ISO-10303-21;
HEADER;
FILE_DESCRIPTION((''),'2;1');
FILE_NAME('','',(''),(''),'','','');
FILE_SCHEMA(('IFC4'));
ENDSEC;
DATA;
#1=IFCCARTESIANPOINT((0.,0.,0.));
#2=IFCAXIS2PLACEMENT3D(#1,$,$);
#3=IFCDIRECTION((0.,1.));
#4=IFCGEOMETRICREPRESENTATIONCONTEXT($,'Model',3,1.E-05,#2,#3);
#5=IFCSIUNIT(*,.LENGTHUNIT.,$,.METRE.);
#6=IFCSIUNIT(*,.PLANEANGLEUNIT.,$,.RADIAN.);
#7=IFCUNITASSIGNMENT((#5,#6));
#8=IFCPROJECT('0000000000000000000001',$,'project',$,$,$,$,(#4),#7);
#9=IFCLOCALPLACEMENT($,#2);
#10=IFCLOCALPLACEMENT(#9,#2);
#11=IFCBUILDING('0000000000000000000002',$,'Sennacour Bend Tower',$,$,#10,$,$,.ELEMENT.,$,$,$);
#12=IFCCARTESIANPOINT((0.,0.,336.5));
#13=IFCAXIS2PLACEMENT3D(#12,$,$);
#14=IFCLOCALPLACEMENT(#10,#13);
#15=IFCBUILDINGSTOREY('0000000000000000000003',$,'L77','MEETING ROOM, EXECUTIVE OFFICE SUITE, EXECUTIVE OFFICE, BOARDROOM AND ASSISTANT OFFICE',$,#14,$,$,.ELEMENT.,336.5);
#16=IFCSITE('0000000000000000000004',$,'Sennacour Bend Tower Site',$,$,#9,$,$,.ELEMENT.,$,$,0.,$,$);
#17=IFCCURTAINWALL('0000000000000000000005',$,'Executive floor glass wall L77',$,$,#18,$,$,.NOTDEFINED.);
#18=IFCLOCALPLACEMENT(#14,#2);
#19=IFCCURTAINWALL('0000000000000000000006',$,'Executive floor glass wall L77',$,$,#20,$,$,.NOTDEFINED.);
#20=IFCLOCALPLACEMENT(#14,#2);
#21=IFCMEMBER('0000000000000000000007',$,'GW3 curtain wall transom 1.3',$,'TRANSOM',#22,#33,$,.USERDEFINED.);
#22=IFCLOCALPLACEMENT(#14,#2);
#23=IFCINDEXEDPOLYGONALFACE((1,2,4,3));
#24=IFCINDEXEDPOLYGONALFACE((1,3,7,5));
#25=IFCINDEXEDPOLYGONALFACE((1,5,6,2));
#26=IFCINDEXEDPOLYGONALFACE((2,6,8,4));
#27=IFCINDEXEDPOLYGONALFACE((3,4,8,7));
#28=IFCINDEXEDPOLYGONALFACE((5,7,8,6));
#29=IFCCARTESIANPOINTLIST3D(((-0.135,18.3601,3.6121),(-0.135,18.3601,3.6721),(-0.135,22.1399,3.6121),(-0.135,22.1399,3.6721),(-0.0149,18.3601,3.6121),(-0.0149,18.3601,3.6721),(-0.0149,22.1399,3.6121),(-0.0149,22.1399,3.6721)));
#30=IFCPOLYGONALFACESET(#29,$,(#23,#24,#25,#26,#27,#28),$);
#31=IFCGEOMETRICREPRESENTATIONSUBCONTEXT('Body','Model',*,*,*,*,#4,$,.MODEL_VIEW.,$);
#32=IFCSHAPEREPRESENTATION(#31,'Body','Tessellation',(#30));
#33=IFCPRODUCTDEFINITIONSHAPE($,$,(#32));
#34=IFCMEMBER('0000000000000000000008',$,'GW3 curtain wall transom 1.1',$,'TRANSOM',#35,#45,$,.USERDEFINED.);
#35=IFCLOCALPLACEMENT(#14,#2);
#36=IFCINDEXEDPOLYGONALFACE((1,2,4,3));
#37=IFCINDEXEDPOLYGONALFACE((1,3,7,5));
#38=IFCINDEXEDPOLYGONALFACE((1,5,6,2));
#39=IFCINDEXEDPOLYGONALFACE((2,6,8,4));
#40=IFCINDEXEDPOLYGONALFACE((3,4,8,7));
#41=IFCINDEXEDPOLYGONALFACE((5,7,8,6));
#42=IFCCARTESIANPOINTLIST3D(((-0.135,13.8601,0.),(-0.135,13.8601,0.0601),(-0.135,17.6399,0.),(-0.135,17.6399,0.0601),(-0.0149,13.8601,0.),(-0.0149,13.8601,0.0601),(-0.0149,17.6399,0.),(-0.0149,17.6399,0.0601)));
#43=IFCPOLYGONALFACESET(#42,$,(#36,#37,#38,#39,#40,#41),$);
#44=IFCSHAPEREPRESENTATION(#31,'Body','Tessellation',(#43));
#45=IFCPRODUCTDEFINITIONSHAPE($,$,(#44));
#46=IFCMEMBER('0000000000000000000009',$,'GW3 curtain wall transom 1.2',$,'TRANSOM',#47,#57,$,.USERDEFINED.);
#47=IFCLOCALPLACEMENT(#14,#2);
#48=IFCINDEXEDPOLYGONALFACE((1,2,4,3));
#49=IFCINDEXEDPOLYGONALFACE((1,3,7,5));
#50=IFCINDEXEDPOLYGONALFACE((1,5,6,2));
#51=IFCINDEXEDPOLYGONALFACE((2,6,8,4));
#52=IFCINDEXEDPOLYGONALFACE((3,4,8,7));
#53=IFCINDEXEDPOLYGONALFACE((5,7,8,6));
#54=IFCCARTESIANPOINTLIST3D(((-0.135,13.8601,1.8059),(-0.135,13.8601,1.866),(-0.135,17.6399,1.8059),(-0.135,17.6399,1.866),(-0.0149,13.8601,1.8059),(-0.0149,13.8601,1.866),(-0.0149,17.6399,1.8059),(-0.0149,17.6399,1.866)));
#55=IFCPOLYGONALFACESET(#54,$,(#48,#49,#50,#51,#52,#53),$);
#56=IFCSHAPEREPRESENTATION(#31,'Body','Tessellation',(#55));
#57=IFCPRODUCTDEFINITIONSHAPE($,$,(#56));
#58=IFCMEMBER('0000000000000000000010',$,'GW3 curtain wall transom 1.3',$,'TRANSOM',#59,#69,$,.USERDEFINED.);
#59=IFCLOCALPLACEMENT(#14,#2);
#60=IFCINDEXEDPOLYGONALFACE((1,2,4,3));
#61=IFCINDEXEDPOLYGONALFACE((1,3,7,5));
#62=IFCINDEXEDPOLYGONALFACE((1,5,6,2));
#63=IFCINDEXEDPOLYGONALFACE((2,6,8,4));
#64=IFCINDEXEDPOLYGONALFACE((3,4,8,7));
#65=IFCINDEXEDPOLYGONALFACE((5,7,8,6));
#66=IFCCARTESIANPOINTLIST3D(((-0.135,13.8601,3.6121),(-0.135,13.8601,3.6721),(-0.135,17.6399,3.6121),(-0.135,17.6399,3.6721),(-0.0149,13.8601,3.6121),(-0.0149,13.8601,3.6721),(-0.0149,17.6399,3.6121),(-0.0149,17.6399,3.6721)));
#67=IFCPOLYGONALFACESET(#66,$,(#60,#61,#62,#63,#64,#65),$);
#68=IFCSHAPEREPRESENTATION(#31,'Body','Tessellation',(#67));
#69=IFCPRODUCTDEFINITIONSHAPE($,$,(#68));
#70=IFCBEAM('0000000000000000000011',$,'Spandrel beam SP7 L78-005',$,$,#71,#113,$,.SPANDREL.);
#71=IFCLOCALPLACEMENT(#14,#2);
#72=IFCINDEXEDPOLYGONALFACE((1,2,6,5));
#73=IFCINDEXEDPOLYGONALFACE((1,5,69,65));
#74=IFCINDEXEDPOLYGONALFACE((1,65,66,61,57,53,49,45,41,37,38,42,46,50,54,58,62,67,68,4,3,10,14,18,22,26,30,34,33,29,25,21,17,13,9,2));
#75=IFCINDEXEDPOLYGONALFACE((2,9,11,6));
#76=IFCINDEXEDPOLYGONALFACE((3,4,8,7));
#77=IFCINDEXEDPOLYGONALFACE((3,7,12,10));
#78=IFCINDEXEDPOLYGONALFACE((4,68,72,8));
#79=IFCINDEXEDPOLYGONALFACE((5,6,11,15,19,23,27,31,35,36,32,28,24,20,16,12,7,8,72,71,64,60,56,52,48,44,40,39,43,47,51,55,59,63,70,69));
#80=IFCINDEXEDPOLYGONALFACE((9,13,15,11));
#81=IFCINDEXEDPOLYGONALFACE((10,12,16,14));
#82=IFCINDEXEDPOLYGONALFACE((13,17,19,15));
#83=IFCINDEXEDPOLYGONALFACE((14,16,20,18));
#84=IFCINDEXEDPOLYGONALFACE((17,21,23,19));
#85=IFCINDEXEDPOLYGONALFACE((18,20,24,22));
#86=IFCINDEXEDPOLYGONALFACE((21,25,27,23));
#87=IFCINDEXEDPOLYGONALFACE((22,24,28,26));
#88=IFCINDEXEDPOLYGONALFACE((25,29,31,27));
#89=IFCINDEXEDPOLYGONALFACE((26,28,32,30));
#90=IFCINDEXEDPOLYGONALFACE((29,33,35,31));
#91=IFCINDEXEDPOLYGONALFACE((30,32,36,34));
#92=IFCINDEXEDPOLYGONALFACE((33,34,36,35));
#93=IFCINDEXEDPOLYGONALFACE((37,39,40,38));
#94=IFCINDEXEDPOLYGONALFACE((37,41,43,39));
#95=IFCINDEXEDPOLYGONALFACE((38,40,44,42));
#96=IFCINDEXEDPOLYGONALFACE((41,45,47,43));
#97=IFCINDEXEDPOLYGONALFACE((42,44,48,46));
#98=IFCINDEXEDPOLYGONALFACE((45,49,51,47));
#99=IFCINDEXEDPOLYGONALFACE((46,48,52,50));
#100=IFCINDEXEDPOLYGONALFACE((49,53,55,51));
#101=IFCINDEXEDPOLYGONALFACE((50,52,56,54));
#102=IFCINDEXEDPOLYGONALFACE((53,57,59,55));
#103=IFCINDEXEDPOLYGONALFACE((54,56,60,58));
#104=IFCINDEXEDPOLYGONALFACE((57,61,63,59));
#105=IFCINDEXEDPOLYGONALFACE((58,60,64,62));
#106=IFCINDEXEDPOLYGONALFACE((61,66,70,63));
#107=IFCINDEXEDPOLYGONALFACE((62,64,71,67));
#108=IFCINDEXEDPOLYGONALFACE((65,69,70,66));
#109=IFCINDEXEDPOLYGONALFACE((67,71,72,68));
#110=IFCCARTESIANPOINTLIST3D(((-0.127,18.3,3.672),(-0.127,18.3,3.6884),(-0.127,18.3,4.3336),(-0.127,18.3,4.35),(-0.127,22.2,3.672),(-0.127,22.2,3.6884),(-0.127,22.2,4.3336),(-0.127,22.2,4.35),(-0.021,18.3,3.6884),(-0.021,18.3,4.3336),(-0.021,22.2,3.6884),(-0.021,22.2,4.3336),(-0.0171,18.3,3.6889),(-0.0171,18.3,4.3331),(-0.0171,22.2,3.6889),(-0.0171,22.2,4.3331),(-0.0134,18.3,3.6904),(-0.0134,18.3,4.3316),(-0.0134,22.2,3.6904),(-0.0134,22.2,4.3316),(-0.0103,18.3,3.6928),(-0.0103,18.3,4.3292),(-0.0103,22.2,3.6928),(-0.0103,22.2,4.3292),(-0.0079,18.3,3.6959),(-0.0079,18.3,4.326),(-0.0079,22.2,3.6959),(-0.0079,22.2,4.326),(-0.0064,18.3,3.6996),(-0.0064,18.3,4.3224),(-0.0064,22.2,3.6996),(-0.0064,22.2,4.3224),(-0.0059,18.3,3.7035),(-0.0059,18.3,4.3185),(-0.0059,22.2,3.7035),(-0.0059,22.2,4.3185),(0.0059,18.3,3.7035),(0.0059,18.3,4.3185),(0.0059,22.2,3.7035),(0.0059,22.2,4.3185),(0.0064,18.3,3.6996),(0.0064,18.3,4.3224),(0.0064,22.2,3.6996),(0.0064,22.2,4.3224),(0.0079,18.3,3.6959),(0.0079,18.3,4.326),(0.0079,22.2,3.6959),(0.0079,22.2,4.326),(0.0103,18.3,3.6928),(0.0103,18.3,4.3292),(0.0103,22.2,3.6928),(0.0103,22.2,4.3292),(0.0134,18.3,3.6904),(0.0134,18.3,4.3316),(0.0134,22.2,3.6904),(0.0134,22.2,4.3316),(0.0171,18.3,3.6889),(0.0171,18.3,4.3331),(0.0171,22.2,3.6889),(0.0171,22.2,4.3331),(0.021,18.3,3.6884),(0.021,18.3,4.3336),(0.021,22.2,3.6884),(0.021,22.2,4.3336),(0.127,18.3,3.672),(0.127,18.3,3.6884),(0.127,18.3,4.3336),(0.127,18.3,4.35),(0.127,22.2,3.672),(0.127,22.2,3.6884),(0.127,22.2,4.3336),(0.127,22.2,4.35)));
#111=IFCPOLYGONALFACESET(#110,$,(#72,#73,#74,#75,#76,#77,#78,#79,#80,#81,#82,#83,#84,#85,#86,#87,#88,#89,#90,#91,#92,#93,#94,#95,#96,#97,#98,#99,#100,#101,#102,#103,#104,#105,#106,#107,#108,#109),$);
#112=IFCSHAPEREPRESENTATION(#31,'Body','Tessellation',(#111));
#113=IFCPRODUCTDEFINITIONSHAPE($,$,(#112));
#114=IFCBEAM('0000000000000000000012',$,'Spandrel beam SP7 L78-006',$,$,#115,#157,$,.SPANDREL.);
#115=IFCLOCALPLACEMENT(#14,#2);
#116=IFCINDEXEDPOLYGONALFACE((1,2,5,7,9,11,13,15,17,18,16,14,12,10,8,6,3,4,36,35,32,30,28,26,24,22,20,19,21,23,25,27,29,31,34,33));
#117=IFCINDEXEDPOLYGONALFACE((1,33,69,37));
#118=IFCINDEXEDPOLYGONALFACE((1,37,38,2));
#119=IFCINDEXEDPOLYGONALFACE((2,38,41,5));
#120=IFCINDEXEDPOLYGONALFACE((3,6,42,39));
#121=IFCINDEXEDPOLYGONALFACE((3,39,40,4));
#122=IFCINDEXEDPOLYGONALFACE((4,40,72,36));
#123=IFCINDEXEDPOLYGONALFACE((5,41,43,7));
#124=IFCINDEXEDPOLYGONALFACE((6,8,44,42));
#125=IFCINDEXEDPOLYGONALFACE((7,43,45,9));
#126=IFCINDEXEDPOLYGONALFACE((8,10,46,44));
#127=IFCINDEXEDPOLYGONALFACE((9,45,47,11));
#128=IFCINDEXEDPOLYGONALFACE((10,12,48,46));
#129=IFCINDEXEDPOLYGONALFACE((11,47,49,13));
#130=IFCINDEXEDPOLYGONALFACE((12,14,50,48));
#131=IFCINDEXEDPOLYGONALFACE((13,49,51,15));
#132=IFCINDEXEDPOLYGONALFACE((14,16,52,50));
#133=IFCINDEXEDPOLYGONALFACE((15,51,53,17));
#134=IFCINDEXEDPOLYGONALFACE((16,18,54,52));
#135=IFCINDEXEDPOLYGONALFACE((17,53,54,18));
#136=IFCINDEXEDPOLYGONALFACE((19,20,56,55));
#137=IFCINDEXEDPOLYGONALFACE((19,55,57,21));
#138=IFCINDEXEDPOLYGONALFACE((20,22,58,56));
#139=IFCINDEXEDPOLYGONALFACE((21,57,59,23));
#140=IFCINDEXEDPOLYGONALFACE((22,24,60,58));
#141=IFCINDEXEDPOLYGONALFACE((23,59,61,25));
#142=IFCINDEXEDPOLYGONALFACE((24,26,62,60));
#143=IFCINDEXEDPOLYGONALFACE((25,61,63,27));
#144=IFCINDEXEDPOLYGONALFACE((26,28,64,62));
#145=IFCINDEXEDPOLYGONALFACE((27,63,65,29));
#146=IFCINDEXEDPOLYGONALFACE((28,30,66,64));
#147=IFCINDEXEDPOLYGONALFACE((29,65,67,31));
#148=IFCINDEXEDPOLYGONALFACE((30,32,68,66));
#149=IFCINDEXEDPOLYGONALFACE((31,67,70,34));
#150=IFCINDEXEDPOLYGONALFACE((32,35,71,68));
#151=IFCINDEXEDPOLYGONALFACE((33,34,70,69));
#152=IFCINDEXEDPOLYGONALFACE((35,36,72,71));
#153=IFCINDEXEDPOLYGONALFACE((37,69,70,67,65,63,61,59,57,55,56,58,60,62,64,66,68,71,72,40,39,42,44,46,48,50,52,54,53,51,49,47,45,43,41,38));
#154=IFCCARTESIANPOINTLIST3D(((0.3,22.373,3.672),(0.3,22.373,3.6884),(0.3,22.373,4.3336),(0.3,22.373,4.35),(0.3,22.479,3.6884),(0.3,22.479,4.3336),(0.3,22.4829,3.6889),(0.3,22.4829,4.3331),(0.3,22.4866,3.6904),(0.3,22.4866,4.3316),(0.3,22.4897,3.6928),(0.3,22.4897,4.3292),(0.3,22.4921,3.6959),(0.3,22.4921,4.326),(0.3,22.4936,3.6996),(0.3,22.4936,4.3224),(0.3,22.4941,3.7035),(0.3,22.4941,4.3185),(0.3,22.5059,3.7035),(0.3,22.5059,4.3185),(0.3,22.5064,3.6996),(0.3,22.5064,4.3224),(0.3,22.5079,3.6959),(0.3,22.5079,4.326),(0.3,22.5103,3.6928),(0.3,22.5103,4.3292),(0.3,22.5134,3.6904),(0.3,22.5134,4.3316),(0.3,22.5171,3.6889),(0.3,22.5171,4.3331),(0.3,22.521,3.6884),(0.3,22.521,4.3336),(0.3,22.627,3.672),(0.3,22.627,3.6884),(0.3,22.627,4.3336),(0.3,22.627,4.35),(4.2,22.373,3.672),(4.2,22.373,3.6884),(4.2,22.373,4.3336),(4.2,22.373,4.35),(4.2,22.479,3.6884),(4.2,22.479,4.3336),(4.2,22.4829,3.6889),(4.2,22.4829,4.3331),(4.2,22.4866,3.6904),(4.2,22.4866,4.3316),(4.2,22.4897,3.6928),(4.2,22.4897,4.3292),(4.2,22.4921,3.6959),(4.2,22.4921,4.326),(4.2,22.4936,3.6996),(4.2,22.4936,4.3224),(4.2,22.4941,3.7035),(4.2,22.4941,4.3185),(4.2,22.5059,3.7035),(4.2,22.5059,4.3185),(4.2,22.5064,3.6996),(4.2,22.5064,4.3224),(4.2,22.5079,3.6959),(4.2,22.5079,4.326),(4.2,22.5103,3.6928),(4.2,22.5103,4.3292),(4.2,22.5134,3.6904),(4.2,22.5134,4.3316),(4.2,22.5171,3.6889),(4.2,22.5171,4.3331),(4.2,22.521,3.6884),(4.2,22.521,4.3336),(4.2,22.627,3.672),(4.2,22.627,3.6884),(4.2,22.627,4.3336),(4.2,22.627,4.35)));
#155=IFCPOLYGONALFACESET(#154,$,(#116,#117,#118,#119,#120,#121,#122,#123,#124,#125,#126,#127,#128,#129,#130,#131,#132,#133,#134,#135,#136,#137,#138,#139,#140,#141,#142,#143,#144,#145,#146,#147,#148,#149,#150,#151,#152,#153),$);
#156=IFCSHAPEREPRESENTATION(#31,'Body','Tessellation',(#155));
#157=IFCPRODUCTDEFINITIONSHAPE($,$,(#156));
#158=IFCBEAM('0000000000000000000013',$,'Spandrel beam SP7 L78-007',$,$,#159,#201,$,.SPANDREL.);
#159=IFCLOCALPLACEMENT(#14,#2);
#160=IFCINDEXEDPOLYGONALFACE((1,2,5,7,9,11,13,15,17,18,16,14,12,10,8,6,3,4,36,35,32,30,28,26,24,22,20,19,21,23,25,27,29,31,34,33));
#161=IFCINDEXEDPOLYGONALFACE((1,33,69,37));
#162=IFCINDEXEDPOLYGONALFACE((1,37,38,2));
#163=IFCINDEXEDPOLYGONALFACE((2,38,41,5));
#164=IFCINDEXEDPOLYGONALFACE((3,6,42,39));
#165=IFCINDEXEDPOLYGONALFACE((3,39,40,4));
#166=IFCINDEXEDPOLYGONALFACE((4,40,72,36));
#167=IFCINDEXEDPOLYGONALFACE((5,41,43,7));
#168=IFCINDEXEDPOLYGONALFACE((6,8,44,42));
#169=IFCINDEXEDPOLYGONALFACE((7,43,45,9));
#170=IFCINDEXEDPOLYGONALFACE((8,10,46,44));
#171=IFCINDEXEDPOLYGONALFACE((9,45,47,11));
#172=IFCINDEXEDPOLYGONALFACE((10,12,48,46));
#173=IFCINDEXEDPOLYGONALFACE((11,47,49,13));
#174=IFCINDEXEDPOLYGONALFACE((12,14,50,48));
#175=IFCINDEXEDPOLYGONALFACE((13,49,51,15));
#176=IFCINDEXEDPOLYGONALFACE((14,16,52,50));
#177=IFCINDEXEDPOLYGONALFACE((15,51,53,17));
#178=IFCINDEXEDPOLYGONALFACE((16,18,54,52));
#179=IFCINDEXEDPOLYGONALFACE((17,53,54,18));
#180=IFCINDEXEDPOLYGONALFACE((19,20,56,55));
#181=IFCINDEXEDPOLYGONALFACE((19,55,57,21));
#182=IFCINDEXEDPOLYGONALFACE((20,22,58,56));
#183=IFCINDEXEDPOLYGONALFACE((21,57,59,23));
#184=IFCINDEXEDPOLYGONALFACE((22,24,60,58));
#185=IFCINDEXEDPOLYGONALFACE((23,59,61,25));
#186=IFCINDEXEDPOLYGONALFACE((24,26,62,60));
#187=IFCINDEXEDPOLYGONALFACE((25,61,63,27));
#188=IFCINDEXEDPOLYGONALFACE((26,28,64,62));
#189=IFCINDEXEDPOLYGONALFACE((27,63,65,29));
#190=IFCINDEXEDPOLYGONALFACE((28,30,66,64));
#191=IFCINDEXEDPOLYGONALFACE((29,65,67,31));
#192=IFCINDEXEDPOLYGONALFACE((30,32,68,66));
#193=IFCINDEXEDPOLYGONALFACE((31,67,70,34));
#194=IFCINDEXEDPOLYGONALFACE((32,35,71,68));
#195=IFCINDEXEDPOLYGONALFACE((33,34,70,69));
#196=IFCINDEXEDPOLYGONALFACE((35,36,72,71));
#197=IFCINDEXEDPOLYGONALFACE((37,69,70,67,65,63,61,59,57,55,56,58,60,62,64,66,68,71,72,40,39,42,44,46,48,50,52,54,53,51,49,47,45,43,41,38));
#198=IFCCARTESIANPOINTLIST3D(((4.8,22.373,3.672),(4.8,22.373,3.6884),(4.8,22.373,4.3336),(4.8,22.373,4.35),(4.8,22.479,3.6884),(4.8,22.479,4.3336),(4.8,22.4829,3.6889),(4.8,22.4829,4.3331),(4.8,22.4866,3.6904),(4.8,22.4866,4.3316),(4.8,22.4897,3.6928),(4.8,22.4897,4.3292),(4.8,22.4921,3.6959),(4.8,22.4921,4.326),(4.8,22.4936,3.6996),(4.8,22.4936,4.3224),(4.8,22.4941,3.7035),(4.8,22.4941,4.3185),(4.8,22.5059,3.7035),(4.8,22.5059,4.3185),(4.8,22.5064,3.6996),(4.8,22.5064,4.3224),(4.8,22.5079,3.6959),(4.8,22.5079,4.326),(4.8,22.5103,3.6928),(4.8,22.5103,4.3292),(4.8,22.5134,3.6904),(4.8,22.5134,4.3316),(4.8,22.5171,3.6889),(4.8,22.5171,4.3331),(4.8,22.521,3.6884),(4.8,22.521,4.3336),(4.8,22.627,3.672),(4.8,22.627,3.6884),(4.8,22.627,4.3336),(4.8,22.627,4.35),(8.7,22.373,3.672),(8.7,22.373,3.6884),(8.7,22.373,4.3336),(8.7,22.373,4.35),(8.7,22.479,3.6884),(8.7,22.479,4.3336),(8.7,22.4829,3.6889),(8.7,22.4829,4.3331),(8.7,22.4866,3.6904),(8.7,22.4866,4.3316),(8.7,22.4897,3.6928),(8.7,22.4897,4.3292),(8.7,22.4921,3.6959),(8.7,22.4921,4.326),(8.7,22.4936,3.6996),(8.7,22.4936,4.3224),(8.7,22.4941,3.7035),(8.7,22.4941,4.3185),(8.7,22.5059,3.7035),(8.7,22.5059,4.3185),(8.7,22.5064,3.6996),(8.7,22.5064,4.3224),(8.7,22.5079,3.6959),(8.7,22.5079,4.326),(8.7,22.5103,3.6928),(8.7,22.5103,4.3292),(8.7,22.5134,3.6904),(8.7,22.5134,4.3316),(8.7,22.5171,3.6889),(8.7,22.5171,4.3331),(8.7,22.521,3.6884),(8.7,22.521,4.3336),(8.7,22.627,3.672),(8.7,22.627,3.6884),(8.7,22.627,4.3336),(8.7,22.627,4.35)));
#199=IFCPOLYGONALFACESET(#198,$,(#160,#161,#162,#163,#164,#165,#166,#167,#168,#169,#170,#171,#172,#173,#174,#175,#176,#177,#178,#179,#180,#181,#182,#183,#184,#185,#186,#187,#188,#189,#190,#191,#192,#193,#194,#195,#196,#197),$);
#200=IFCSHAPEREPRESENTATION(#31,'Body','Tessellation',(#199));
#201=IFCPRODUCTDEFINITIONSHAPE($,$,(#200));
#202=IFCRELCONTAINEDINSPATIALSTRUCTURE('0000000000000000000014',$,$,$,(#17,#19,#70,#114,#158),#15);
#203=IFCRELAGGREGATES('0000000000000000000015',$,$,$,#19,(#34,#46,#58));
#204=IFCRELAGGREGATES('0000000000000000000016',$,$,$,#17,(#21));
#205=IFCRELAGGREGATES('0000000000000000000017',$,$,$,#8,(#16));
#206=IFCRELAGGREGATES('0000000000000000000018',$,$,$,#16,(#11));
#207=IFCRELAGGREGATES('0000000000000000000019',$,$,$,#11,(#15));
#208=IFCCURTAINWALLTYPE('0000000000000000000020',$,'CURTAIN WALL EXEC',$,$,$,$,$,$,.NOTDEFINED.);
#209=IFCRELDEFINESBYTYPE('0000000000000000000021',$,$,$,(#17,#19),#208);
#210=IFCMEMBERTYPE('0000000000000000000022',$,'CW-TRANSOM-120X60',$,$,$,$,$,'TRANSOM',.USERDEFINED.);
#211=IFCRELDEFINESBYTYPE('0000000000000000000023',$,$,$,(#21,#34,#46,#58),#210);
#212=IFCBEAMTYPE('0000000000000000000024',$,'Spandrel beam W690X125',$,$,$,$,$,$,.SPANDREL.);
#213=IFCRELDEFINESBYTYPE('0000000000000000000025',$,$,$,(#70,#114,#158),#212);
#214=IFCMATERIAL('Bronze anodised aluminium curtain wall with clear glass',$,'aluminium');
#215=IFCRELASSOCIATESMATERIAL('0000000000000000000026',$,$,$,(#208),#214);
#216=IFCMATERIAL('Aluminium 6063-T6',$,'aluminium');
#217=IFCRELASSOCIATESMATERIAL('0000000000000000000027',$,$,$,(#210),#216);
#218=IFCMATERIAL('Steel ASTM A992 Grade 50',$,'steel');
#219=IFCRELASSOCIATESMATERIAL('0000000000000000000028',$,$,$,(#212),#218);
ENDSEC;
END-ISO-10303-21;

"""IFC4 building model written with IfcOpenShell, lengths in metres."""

from ifc_helpers import new_model, si_unit, direction, frame, origin, origin_2d, place, context, subcontext, project, spatial, rectangle, i_section, extrude, material, material_profile, profile_set, type_object, element, aggregate, save


model = new_model("IFC4")

# Units and contexts
model_context = context("Model", 3, precision=1e-05, world=origin(), true_north=direction((0.0, 1.0)))
body_context = subcontext(model_context, "Body", "Model", "MODEL_VIEW")
ifc_project = project(units=[si_unit("LENGTHUNIT", "METRE"), si_unit("PLANEANGLEUNIT", "RADIAN")], contexts=[model_context])

# Site, building, storey
site_placement = place(None, origin())
site = spatial("IfcSite", under=ifc_project, at=site_placement, Name="Sennacour Bend Tower Site", CompositionType="ELEMENT", RefElevation=0.0)
building_placement = place(site_placement, origin())
building = spatial("IfcBuilding", under=site, at=building_placement, Name="Sennacour Bend Tower", CompositionType="ELEMENT")
storey_placement = place(building_placement, frame((0.0, 0.0, 336.5)))
storey = spatial("IfcBuildingStorey", under=building, at=storey_placement, Name="L77", Description="MEETING ROOM, EXECUTIVE OFFICE SUITE, EXECUTIVE OFFICE, BOARDROOM AND ASSISTANT OFFICE", CompositionType="ELEMENT", Elevation=336.5)

# Shared definitions
ifc_material_1 = material(Name="Bronze anodised aluminium curtain wall with clear glass", Category="aluminium")
curtain_wall_type = type_object("IfcCurtainWallType", Name="CURTAIN WALL EXEC", PredefinedType="NOTDEFINED", material=ifc_material_1)
ifc_material_2 = material(Name="Aluminium 6063-T6", Category="aluminium")

# Curtain wall
curtain_wall_1_placement = place(storey_placement, origin())
curtain_wall_1 = element("IfcCurtainWall", 1, at=curtain_wall_1_placement, inside=storey, type_object=curtain_wall_type, Name="Executive floor glass wall L77", PredefinedType="NOTDEFINED")

# Curtain wall
curtain_wall_2_placement = place(storey_placement, origin())
curtain_wall_2 = element("IfcCurtainWall", 2, at=curtain_wall_2_placement, inside=storey, type_object=curtain_wall_type, Name="Executive floor glass wall L77", PredefinedType="NOTDEFINED")

# Members
ifc_material_profile_1 = material_profile(ifc_material_2, rectangle(XDim=0.1201, YDim=0.0601, at=origin_2d()), Name="Aluminium 6063-T6", Category="aluminium")
ifc_profile_set_1 = profile_set([ifc_material_profile_1], Name="Aluminium 6063-T6")
member_type_1 = type_object("IfcMemberType", Name="CW-TRANSOM-120X60", ElementType="TRANSOM", PredefinedType="USERDEFINED", material=ifc_profile_set_1)
member_1_placement = place(storey_placement, frame((-0.075, 22.1399, 3.6421), z_axis=(0.0, -1.0, 0.0), x_axis=(1.0, 0.0, 0.0)))
member_1 = element("IfcMember", 3, at=member_1_placement, type_object=member_type_1, Name="GW3 curtain wall transom 1.3", ObjectType="TRANSOM", PredefinedType="USERDEFINED", context=body_context, shape_type="SweptSolid", body=[
    extrude(rectangle(XDim=0.1201, YDim=0.0601, at=origin_2d()), origin(), (0.0, 0.0, 1.0), 3.7798),
])
member_2_placement = place(storey_placement, frame((-0.075, 17.6399, 0.03), z_axis=(0.0, -1.0, 0.0), x_axis=(1.0, 0.0, 0.0)))
member_2 = element("IfcMember", 4, at=member_2_placement, type_object=member_type_1, Name="GW3 curtain wall transom 1.1", ObjectType="TRANSOM", PredefinedType="USERDEFINED", context=body_context, shape_type="SweptSolid", body=[
    extrude(rectangle(XDim=0.1201, YDim=0.0601, at=origin_2d()), origin(), (0.0, 0.0, 1.0), 3.7798),
])
member_3_placement = place(storey_placement, frame((-0.075, 17.6399, 1.8359), z_axis=(0.0, -1.0, 0.0), x_axis=(1.0, 0.0, 0.0)))
member_3 = element("IfcMember", 5, at=member_3_placement, type_object=member_type_1, Name="GW3 curtain wall transom 1.2", ObjectType="TRANSOM", PredefinedType="USERDEFINED", context=body_context, shape_type="SweptSolid", body=[
    extrude(rectangle(XDim=0.1201, YDim=0.0601, at=origin_2d()), origin(), (0.0, 0.0, 1.0), 3.7798),
])
member_4_placement = place(storey_placement, frame((-0.075, 17.6399, 3.6421), z_axis=(0.0, -1.0, 0.0), x_axis=(1.0, 0.0, 0.0)))
member_4 = element("IfcMember", 6, at=member_4_placement, type_object=member_type_1, Name="GW3 curtain wall transom 1.3", ObjectType="TRANSOM", PredefinedType="USERDEFINED", context=body_context, shape_type="SweptSolid", body=[
    extrude(rectangle(XDim=0.1201, YDim=0.0601, at=origin_2d()), origin(), (0.0, 0.0, 1.0), 3.7798),
])
aggregate(curtain_wall_2, [member_2, member_3, member_4])

# Beams
ifc_material_3 = material(Name="Steel ASTM A992 Grade 50", Category="steel")
ifc_material_profile_2 = material_profile(ifc_material_3, i_section(OverallWidth=0.2539, OverallDepth=0.678, WebThickness=0.0117, FlangeThickness=0.0164, FilletRadius=0.0151, at=origin_2d()), Name="Steel ASTM A992 Grade 50", Category="steel")
ifc_profile_set_2 = profile_set([ifc_material_profile_2], Name="Steel ASTM A992 Grade 50")
beam_type = type_object("IfcBeamType", Name="Spandrel beam W690X125", PredefinedType="SPANDREL", material=ifc_profile_set_2)
for number, where, z_axis, x_axis, name in (
    (7, (0.0, 18.3, 4.011), (0.0, 1.0, 0.0), (-1.0, 0.0, 0.0), "Spandrel beam SP7 L78-005"),
    (8, (0.3, 22.5, 4.011), (1.0, 0.0, 0.0), (0.0, 1.0, 0.0), "Spandrel beam SP7 L78-006"),
    (9, (4.8, 22.5, 4.011), (1.0, 0.0, 0.0), (0.0, 1.0, 0.0), "Spandrel beam SP7 L78-007"),
):
    element("IfcBeam", number, at=place(storey_placement, frame(where, z_axis=z_axis, x_axis=x_axis)), inside=storey, type_object=beam_type, Name=name, PredefinedType="SPANDREL", context=body_context, shape_type="SweptSolid", body=[
        extrude(i_section(OverallWidth=0.2539, OverallDepth=0.678, WebThickness=0.0117, FlangeThickness=0.0164, FilletRadius=0.0151, at=origin_2d()), origin(), (0.0, 0.0, 1.0), 3.8999),
    ])

aggregate(curtain_wall_1, [member_1])

save(model, "model.ifc")
